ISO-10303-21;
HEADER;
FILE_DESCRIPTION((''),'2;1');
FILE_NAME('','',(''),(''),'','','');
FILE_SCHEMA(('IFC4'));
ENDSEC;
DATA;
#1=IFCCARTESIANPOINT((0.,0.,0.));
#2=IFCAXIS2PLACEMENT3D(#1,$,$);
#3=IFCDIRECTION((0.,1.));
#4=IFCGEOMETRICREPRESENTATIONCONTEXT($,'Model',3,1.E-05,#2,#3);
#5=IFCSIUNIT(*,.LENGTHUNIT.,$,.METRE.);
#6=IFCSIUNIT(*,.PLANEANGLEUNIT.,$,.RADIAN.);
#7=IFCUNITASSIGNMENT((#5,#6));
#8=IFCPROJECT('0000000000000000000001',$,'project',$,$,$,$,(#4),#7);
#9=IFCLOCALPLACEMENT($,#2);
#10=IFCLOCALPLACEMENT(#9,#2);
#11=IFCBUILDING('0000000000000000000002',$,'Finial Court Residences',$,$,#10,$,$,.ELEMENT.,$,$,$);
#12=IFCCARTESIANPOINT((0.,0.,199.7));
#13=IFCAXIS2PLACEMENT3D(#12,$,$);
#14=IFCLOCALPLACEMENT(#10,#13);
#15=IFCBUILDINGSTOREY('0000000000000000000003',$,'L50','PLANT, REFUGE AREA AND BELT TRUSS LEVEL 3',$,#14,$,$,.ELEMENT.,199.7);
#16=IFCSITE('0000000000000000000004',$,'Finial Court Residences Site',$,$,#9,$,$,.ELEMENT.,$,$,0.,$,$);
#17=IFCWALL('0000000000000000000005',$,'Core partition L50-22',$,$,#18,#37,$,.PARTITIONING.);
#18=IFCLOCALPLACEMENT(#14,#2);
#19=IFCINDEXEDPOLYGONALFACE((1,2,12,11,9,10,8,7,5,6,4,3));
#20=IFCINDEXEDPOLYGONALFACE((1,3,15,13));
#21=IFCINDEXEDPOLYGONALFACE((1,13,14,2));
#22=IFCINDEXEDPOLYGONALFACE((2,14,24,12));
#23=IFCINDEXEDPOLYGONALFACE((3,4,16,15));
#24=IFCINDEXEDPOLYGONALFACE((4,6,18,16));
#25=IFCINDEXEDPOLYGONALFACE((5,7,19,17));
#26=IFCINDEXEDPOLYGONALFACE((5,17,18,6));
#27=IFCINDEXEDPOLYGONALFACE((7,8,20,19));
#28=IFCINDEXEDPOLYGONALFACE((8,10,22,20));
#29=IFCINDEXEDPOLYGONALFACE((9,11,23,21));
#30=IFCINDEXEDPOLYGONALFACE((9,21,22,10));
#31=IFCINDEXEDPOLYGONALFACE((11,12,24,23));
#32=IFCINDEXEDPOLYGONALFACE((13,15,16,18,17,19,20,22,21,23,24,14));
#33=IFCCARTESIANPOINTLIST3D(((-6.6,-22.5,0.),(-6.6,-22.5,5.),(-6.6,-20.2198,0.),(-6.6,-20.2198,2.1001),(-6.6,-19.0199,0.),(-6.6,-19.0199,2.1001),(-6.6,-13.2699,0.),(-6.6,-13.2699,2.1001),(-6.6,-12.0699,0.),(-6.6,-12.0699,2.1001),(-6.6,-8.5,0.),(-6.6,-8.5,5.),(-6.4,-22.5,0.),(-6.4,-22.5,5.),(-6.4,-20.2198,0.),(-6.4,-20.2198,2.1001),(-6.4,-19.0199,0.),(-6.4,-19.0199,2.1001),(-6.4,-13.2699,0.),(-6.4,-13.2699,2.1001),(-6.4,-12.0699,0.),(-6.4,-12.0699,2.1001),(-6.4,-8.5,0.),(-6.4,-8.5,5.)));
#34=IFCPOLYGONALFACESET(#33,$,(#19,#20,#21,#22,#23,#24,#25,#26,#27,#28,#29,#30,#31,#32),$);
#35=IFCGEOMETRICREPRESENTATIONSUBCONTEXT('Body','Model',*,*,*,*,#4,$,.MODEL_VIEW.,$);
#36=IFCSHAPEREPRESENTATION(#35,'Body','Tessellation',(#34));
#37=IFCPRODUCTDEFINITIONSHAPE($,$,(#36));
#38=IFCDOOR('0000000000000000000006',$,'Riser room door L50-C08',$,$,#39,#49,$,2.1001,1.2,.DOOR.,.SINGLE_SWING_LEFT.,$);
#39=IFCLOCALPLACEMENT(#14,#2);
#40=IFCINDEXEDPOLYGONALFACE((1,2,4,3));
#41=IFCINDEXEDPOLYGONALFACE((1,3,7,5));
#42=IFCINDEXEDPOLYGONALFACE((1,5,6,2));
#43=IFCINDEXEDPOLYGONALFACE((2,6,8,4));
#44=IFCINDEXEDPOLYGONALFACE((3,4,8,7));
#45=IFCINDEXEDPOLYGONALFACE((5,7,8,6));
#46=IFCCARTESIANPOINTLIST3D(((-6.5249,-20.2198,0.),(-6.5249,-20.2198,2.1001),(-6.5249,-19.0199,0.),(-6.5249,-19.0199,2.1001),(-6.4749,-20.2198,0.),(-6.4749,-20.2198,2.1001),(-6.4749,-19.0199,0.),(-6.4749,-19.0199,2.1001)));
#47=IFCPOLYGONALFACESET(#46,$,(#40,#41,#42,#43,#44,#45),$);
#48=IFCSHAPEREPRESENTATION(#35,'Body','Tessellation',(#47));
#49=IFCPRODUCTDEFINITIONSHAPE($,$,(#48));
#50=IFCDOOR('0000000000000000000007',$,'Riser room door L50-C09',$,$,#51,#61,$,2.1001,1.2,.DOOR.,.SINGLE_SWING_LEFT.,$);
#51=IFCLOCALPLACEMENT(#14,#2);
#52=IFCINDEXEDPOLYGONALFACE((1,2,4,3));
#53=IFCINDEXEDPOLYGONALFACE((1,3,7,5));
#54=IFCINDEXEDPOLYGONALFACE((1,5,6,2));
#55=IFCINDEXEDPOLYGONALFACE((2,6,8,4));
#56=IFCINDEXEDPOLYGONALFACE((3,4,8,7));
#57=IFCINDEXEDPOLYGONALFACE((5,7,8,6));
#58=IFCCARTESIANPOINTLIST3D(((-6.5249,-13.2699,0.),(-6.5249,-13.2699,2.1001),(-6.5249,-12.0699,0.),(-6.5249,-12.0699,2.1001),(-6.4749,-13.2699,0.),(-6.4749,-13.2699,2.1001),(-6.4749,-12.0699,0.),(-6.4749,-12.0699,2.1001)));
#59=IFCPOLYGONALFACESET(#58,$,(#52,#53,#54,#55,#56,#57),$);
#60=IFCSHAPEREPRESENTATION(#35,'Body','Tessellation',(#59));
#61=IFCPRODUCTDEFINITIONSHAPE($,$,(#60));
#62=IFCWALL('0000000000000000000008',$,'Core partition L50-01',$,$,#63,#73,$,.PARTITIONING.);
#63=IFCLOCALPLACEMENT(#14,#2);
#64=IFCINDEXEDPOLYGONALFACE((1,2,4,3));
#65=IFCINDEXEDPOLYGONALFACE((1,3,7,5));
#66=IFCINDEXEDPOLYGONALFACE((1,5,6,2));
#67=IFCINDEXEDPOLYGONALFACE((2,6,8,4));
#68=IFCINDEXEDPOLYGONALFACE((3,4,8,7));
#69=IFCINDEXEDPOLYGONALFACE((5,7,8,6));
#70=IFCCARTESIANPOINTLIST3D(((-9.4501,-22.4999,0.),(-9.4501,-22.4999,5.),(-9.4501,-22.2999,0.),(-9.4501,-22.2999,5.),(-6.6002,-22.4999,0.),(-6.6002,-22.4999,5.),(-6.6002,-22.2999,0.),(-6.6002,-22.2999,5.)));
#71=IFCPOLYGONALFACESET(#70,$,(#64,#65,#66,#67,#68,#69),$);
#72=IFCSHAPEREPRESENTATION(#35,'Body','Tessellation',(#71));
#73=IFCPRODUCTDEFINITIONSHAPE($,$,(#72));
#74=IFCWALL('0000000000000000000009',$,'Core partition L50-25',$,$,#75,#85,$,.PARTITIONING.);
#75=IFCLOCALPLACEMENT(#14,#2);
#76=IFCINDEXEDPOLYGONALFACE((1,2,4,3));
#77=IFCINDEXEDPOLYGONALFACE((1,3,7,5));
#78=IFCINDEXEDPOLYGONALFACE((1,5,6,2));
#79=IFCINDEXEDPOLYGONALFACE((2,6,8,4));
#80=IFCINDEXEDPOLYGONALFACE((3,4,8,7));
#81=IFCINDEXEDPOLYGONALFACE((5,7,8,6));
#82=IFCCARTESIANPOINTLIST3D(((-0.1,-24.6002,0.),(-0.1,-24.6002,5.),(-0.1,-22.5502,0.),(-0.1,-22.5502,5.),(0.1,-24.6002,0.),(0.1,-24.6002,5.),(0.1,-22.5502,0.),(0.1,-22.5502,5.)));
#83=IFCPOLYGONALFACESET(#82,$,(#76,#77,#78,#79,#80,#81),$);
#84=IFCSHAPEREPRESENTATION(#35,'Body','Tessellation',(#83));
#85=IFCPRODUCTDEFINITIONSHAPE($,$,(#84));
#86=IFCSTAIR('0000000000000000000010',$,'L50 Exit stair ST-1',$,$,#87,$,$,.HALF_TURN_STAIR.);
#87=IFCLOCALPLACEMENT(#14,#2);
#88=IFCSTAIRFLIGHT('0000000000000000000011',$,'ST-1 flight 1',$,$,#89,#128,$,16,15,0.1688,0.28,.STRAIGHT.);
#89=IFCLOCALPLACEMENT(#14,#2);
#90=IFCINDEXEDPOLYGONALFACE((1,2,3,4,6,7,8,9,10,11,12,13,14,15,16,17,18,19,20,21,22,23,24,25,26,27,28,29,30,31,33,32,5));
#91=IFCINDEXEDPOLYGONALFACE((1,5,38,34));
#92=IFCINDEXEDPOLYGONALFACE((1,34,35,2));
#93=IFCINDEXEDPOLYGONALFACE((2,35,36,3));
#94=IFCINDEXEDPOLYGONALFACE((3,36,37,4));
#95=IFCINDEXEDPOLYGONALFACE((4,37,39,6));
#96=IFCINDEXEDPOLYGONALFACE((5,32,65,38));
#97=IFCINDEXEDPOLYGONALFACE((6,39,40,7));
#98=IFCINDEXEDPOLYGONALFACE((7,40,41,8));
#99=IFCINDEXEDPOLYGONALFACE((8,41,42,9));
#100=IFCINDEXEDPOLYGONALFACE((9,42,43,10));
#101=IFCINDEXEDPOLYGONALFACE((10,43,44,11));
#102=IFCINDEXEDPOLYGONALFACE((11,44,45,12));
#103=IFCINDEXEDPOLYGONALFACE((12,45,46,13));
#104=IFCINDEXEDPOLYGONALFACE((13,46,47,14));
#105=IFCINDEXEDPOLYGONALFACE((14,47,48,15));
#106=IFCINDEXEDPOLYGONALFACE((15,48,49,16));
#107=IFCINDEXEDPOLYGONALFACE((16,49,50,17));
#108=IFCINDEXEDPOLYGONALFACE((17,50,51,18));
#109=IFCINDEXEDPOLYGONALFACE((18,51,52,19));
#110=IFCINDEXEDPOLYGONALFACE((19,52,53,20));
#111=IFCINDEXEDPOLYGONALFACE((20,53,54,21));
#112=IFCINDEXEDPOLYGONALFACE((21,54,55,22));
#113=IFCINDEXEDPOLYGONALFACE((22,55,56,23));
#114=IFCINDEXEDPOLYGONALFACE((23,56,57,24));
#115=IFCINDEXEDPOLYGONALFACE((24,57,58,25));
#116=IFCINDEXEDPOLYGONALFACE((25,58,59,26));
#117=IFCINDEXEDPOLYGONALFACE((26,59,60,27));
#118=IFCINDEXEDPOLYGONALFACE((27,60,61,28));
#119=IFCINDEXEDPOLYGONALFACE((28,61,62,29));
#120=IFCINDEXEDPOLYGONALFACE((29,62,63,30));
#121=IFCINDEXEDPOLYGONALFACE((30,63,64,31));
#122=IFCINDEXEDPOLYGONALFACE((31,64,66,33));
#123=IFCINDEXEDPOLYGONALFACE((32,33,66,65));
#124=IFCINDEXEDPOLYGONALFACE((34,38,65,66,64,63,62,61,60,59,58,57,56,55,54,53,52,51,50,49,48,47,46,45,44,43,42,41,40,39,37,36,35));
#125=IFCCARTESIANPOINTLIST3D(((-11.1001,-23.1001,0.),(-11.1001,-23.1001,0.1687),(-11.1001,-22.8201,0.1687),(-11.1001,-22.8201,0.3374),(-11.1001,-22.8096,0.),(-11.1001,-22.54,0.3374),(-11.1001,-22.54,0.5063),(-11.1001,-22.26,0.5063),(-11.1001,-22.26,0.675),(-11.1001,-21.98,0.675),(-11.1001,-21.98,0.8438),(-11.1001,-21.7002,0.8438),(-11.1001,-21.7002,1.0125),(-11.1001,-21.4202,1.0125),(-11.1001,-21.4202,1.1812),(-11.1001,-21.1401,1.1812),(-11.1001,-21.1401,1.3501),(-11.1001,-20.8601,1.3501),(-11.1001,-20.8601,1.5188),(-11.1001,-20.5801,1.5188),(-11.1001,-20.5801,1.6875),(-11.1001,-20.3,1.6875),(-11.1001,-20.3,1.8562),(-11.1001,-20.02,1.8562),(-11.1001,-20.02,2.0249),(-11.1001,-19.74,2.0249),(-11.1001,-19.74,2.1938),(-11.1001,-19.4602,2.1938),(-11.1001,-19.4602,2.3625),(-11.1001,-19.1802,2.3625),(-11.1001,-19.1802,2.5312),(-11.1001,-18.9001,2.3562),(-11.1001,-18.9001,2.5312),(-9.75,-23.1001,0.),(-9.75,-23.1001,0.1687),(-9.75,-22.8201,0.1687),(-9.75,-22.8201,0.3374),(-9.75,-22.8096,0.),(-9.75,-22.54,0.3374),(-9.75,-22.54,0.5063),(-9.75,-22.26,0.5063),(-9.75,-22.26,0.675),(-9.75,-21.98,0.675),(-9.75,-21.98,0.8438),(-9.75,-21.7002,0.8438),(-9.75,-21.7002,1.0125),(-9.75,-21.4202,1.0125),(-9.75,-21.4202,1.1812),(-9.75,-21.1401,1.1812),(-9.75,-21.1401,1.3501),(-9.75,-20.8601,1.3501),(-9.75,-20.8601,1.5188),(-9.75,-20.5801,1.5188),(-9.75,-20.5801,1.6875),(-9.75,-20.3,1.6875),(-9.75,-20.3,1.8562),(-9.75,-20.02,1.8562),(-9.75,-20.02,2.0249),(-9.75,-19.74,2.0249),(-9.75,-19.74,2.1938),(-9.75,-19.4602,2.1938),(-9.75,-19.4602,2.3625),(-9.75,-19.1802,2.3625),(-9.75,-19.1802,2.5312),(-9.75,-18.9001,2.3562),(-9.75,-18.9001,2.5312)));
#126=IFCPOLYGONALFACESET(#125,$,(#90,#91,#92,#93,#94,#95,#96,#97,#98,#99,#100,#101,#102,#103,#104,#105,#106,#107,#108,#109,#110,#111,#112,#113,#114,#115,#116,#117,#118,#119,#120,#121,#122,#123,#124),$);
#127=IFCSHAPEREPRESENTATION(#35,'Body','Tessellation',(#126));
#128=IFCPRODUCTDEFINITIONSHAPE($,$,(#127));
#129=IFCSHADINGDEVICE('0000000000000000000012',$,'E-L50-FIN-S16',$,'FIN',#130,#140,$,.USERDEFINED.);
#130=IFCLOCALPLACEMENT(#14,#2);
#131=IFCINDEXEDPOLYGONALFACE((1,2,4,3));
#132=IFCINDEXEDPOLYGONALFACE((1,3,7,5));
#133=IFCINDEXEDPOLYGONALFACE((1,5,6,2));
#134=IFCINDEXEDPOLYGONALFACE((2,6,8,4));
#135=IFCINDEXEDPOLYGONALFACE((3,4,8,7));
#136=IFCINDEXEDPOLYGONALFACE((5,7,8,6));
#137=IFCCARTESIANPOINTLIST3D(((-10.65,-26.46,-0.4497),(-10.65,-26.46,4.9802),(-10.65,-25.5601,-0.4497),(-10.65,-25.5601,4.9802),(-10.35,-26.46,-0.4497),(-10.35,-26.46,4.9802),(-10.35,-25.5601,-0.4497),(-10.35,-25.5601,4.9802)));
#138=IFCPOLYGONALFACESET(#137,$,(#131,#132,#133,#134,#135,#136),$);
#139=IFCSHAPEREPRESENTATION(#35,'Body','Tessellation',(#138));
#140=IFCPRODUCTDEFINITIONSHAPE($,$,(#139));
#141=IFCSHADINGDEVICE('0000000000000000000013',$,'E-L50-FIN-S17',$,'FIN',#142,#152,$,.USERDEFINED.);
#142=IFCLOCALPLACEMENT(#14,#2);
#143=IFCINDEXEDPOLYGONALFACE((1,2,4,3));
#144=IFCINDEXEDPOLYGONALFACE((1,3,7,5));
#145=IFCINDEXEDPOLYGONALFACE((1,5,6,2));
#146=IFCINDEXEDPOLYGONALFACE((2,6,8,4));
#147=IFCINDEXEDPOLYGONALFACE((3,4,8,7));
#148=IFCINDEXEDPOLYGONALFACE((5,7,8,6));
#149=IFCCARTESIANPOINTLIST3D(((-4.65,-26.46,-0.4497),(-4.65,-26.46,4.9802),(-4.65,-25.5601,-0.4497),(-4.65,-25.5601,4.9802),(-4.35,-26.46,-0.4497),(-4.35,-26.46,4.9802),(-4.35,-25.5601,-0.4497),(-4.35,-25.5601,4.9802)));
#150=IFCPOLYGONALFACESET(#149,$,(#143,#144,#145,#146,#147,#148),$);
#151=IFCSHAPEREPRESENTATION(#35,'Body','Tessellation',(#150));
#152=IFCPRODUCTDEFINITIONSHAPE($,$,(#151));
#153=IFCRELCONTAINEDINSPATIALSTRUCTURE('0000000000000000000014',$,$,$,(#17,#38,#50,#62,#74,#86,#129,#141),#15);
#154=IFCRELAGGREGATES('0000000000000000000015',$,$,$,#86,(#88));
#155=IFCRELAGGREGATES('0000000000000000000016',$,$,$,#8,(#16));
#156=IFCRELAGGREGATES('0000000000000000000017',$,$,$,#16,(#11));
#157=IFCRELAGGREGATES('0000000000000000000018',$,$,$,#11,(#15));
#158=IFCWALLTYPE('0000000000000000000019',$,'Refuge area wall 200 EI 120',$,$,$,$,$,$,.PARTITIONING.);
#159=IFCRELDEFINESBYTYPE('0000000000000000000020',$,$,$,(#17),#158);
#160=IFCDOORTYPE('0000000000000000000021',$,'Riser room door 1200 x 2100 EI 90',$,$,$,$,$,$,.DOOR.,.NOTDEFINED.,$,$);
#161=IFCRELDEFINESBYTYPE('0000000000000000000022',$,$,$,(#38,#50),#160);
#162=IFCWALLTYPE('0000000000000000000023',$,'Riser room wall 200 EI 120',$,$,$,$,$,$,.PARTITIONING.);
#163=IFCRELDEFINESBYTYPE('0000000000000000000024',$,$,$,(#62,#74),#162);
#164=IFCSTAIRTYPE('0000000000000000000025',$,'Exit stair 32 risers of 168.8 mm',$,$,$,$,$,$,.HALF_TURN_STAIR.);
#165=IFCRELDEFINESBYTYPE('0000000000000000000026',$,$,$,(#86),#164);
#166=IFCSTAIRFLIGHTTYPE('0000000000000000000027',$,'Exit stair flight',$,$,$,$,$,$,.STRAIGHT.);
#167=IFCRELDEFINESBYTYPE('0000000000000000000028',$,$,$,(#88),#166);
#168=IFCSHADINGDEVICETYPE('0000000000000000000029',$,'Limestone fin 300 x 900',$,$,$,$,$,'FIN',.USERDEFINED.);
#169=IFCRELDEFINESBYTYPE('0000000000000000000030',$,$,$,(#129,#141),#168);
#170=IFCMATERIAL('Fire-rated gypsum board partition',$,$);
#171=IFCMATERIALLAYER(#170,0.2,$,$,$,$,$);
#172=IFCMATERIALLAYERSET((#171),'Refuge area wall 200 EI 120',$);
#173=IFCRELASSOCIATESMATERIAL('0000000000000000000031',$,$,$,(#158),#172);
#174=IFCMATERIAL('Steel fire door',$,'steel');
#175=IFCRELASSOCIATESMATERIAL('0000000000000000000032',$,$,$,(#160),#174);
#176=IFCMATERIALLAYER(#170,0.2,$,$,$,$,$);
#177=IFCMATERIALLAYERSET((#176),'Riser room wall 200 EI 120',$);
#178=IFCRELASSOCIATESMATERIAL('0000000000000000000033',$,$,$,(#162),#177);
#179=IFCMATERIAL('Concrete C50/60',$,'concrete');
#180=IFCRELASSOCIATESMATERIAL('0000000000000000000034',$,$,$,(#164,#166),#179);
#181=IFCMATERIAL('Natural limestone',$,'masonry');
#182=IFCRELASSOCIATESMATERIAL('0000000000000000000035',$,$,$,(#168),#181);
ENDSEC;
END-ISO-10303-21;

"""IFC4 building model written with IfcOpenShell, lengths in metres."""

from ifc_helpers import new_model, si_unit, direction, frame, frame_2d, origin, origin_2d, place, context, subcontext, project, spatial, polyline, rectangle, outline, extrude, material, layer, layer_set, type_object, element, fill, aggregate, save


model = new_model("IFC4")

# Units and contexts
model_context = context("Model", 3, precision=1e-05, world=origin(), true_north=direction((0.0, 1.0)))
body_context = subcontext(model_context, "Body", "Model", "MODEL_VIEW")
ifc_project = project(units=[si_unit("LENGTHUNIT", "METRE"), si_unit("PLANEANGLEUNIT", "RADIAN")], contexts=[model_context])

# Site, building, storey
site_placement = place(None, origin())
site = spatial("IfcSite", under=ifc_project, at=site_placement, Name="Finial Court Residences Site", CompositionType="ELEMENT", RefElevation=0.0)
building_placement = place(site_placement, origin())
building = spatial("IfcBuilding", under=site, at=building_placement, Name="Finial Court Residences", CompositionType="ELEMENT")
storey_placement = place(building_placement, frame((0.0, 0.0, 199.7)))
storey = spatial("IfcBuildingStorey", under=building, at=storey_placement, Name="L50", Description="PLANT, REFUGE AREA AND BELT TRUSS LEVEL 3", CompositionType="ELEMENT", Elevation=199.7)

# Shared definitions
ifc_material_1 = material(Name="Steel fire door", Category="steel")

# Shared definitions
ifc_material_2 = material(Name="Fire-rated gypsum board partition")
ifc_layer_1 = layer(ifc_material_2, 0.2)
ifc_layer_set_1 = layer_set([ifc_layer_1], Name="Refuge area wall 200 EI 120")
wall_type_1 = type_object("IfcWallType", Name="Refuge area wall 200 EI 120", PredefinedType="PARTITIONING", material=ifc_layer_set_1)

# Wall, openings, doors
wall_1_placement = place(storey_placement, frame((-6.5, -22.5, 0.0), z_axis=(0.0, 0.0, 1.0), x_axis=(0.0, 1.0, 0.0)))
wall_1 = element("IfcWall", 1, at=wall_1_placement, inside=storey, type_object=wall_type_1, Name="Core partition L50-22", PredefinedType="PARTITIONING", context=body_context, shape_type="SweptSolid", body=[
    extrude(rectangle(XDim=14.0, YDim=0.2, at=frame_2d((7.0, 0.0))), origin(), (0.0, 0.0, 1.0), 5.0),
])
opening_1_placement = place(wall_1_placement, frame((2.28, 0.0, 0.0)))
opening_1 = element("IfcOpeningElement", 2, at=opening_1_placement, cuts=wall_1, PredefinedType="OPENING", context=body_context, shape_type="SweptSolid", body=[
    extrude(rectangle(XDim=1.2, YDim=2.1001, at=frame_2d((0.6001, 1.05))), frame((0.0, 0.1099, 0.0), z_axis=(0.0, -1.0, 0.0), x_axis=(1.0, 0.0, 0.0)), (0.0, 0.0, 1.0), 0.22),
])
opening_2_placement = place(wall_1_placement, frame((9.23, 0.0, 0.0)))
opening_2 = element("IfcOpeningElement", 3, at=opening_2_placement, cuts=wall_1, PredefinedType="OPENING", context=body_context, shape_type="SweptSolid", body=[
    extrude(rectangle(XDim=1.2, YDim=2.1001, at=frame_2d((0.6001, 1.05))), frame((0.0, 0.1099, 0.0), z_axis=(0.0, -1.0, 0.0), x_axis=(1.0, 0.0, 0.0)), (0.0, 0.0, 1.0), 0.22),
])
door_type_1 = type_object("IfcDoorType", Name="Riser room door 1200 x 2100 EI 90", OperationType="NOTDEFINED", PredefinedType="DOOR", material=ifc_material_1)
door_1_placement = place(opening_1_placement, origin())
door_1 = element("IfcDoor", 4, at=door_1_placement, inside=storey, type_object=door_type_1, Name="Riser room door L50-C08", OperationType="SINGLE_SWING_LEFT", OverallHeight=2.1001, OverallWidth=1.2, PredefinedType="DOOR", context=body_context, shape_type="SweptSolid", body=[
    extrude(rectangle(XDim=1.2, YDim=2.1001, at=frame_2d((0.6001, 1.05))), frame((0.0, 0.0249, 0.0), z_axis=(0.0, -1.0, 0.0), x_axis=(1.0, 0.0, 0.0)), (0.0, 0.0, 1.0), 0.05),
])
fill(opening_1, door_1)
door_2_placement = place(opening_2_placement, origin())
door_2 = element("IfcDoor", 5, at=door_2_placement, inside=storey, type_object=door_type_1, Name="Riser room door L50-C09", OperationType="SINGLE_SWING_LEFT", OverallHeight=2.1001, OverallWidth=1.2, PredefinedType="DOOR", context=body_context, shape_type="SweptSolid", body=[
    extrude(rectangle(XDim=1.2, YDim=2.1001, at=frame_2d((0.6001, 1.05))), frame((0.0, 0.0249, 0.0), z_axis=(0.0, -1.0, 0.0), x_axis=(1.0, 0.0, 0.0)), (0.0, 0.0, 1.0), 0.05),
])
fill(opening_2, door_2)

# Walls
ifc_layer_2 = layer(ifc_material_2, 0.2)
ifc_layer_set_2 = layer_set([ifc_layer_2], Name="Riser room wall 200 EI 120")
wall_type_2 = type_object("IfcWallType", Name="Riser room wall 200 EI 120", PredefinedType="PARTITIONING", material=ifc_layer_set_2)
wall_2_placement = place(storey_placement, frame((-9.45, -22.3999, 0.0), z_axis=(0.0, 0.0, 1.0), x_axis=(1.0, 0.0, 0.0)))
element("IfcWall", 6, at=wall_2_placement, inside=storey, type_object=wall_type_2, Name="Core partition L50-01", PredefinedType="PARTITIONING", context=body_context, shape_type="SweptSolid", body=[
    extrude(rectangle(XDim=2.8499, YDim=0.2, at=frame_2d((1.4248, 0.0))), origin(), (0.0, 0.0, 1.0), 5.0),
])
wall_3_placement = place(storey_placement, frame((0.0, -24.6001, 0.0), z_axis=(0.0, 0.0, 1.0), x_axis=(0.0, 1.0, 0.0)))
element("IfcWall", 7, at=wall_3_placement, inside=storey, type_object=wall_type_2, Name="Core partition L50-25", PredefinedType="PARTITIONING", context=body_context, shape_type="SweptSolid", body=[
    extrude(rectangle(XDim=2.05, YDim=0.2, at=frame_2d((1.0249, 0.0))), origin(), (0.0, 0.0, 1.0), 5.0),
])

# Stair, stair flight
ifc_material_3 = material(Name="Concrete C50/60", Category="concrete")
stair_type = type_object("IfcStairType", Name="Exit stair 32 risers of 168.8 mm", PredefinedType="HALF_TURN_STAIR", material=ifc_material_3)
stair_placement = place(storey_placement, origin())
stair = element("IfcStair", 8, at=stair_placement, inside=storey, type_object=stair_type, Name="L50 Exit stair ST-1", PredefinedType="HALF_TURN_STAIR")
stair_flight_type = type_object("IfcStairFlightType", Name="Exit stair flight", PredefinedType="STRAIGHT", material=ifc_material_3)
stair_flight_placement = place(storey_placement, frame((-10.425, -23.1001, 0.0), z_axis=(0.0, 0.0, 1.0), x_axis=(0.0, 1.0, 0.0)))
stair_flight = element("IfcStairFlight", 9, at=stair_flight_placement, type_object=stair_flight_type, Name="ST-1 flight 1", NumberOfRisers=16, NumberOfTreads=15, PredefinedType="STRAIGHT", RiserHeight=0.1688, TreadLength=0.28, context=body_context, shape_type="SweptSolid", body=[
    extrude(outline(polyline([(0.0, 0.0), (0.0, 0.1687), (0.28, 0.1687), (0.28, 0.3374), (0.5601, 0.3374), (0.5601, 0.5063), (0.8401, 0.5063), (0.8401, 0.675), (1.1201, 0.675), (1.1201, 0.8438), (1.3999, 0.8438), (1.3999, 1.0125), (1.6799, 1.0125), (1.6799, 1.1812), (1.96, 1.1812), (1.96, 1.3501), (2.24, 1.3501), (2.24, 1.5188), (2.52, 1.5188), (2.52, 1.6875), (2.8, 1.6875), (2.8, 1.8562), (3.0801, 1.8562), (3.0801, 2.0249), (3.3601, 2.0249), (3.3601, 2.1938), (3.6399, 2.1938), (3.6399, 2.3625), (3.9199, 2.3625), (3.9199, 2.5312), (4.2, 2.5312), (4.2, 2.7), (4.2, 2.3562), (0.2905, 0.0), (0.0, 0.0)])), frame((0.0, 0.675, 0.0), z_axis=(0.0, -1.0, 0.0), x_axis=(1.0, 0.0, 0.0)), (0.0, 0.0, 1.0), 1.3501),
])
aggregate(stair, [stair_flight])

# Shading devices
ifc_material_4 = material(Name="Natural limestone", Category="masonry")
shading_device_type = type_object("IfcShadingDeviceType", Name="Limestone fin 300 x 900", ElementType="FIN", PredefinedType="USERDEFINED", material=ifc_material_4)
for number, where, z_axis, x_axis, name in (
    (10, (-10.5, -26.01, -0.4497), (0.0, 0.0, 1.0), (1.0, 0.0, 0.0), "E-L50-FIN-S16"),
    (11, (-4.5, -26.01, -0.4497), (0.0, 0.0, 1.0), (1.0, 0.0, 0.0), "E-L50-FIN-S17"),
):
    element("IfcShadingDevice", number, at=place(storey_placement, frame(where, z_axis=z_axis, x_axis=x_axis)), inside=storey, type_object=shading_device_type, Name=name, ObjectType="FIN", PredefinedType="USERDEFINED", context=body_context, shape_type="SweptSolid", body=[
        extrude(rectangle(XDim=0.3, YDim=0.8999, at=origin_2d()), origin(), (0.0, 0.0, 1.0), 5.4299),
    ])

save(model, "model.ifc")
